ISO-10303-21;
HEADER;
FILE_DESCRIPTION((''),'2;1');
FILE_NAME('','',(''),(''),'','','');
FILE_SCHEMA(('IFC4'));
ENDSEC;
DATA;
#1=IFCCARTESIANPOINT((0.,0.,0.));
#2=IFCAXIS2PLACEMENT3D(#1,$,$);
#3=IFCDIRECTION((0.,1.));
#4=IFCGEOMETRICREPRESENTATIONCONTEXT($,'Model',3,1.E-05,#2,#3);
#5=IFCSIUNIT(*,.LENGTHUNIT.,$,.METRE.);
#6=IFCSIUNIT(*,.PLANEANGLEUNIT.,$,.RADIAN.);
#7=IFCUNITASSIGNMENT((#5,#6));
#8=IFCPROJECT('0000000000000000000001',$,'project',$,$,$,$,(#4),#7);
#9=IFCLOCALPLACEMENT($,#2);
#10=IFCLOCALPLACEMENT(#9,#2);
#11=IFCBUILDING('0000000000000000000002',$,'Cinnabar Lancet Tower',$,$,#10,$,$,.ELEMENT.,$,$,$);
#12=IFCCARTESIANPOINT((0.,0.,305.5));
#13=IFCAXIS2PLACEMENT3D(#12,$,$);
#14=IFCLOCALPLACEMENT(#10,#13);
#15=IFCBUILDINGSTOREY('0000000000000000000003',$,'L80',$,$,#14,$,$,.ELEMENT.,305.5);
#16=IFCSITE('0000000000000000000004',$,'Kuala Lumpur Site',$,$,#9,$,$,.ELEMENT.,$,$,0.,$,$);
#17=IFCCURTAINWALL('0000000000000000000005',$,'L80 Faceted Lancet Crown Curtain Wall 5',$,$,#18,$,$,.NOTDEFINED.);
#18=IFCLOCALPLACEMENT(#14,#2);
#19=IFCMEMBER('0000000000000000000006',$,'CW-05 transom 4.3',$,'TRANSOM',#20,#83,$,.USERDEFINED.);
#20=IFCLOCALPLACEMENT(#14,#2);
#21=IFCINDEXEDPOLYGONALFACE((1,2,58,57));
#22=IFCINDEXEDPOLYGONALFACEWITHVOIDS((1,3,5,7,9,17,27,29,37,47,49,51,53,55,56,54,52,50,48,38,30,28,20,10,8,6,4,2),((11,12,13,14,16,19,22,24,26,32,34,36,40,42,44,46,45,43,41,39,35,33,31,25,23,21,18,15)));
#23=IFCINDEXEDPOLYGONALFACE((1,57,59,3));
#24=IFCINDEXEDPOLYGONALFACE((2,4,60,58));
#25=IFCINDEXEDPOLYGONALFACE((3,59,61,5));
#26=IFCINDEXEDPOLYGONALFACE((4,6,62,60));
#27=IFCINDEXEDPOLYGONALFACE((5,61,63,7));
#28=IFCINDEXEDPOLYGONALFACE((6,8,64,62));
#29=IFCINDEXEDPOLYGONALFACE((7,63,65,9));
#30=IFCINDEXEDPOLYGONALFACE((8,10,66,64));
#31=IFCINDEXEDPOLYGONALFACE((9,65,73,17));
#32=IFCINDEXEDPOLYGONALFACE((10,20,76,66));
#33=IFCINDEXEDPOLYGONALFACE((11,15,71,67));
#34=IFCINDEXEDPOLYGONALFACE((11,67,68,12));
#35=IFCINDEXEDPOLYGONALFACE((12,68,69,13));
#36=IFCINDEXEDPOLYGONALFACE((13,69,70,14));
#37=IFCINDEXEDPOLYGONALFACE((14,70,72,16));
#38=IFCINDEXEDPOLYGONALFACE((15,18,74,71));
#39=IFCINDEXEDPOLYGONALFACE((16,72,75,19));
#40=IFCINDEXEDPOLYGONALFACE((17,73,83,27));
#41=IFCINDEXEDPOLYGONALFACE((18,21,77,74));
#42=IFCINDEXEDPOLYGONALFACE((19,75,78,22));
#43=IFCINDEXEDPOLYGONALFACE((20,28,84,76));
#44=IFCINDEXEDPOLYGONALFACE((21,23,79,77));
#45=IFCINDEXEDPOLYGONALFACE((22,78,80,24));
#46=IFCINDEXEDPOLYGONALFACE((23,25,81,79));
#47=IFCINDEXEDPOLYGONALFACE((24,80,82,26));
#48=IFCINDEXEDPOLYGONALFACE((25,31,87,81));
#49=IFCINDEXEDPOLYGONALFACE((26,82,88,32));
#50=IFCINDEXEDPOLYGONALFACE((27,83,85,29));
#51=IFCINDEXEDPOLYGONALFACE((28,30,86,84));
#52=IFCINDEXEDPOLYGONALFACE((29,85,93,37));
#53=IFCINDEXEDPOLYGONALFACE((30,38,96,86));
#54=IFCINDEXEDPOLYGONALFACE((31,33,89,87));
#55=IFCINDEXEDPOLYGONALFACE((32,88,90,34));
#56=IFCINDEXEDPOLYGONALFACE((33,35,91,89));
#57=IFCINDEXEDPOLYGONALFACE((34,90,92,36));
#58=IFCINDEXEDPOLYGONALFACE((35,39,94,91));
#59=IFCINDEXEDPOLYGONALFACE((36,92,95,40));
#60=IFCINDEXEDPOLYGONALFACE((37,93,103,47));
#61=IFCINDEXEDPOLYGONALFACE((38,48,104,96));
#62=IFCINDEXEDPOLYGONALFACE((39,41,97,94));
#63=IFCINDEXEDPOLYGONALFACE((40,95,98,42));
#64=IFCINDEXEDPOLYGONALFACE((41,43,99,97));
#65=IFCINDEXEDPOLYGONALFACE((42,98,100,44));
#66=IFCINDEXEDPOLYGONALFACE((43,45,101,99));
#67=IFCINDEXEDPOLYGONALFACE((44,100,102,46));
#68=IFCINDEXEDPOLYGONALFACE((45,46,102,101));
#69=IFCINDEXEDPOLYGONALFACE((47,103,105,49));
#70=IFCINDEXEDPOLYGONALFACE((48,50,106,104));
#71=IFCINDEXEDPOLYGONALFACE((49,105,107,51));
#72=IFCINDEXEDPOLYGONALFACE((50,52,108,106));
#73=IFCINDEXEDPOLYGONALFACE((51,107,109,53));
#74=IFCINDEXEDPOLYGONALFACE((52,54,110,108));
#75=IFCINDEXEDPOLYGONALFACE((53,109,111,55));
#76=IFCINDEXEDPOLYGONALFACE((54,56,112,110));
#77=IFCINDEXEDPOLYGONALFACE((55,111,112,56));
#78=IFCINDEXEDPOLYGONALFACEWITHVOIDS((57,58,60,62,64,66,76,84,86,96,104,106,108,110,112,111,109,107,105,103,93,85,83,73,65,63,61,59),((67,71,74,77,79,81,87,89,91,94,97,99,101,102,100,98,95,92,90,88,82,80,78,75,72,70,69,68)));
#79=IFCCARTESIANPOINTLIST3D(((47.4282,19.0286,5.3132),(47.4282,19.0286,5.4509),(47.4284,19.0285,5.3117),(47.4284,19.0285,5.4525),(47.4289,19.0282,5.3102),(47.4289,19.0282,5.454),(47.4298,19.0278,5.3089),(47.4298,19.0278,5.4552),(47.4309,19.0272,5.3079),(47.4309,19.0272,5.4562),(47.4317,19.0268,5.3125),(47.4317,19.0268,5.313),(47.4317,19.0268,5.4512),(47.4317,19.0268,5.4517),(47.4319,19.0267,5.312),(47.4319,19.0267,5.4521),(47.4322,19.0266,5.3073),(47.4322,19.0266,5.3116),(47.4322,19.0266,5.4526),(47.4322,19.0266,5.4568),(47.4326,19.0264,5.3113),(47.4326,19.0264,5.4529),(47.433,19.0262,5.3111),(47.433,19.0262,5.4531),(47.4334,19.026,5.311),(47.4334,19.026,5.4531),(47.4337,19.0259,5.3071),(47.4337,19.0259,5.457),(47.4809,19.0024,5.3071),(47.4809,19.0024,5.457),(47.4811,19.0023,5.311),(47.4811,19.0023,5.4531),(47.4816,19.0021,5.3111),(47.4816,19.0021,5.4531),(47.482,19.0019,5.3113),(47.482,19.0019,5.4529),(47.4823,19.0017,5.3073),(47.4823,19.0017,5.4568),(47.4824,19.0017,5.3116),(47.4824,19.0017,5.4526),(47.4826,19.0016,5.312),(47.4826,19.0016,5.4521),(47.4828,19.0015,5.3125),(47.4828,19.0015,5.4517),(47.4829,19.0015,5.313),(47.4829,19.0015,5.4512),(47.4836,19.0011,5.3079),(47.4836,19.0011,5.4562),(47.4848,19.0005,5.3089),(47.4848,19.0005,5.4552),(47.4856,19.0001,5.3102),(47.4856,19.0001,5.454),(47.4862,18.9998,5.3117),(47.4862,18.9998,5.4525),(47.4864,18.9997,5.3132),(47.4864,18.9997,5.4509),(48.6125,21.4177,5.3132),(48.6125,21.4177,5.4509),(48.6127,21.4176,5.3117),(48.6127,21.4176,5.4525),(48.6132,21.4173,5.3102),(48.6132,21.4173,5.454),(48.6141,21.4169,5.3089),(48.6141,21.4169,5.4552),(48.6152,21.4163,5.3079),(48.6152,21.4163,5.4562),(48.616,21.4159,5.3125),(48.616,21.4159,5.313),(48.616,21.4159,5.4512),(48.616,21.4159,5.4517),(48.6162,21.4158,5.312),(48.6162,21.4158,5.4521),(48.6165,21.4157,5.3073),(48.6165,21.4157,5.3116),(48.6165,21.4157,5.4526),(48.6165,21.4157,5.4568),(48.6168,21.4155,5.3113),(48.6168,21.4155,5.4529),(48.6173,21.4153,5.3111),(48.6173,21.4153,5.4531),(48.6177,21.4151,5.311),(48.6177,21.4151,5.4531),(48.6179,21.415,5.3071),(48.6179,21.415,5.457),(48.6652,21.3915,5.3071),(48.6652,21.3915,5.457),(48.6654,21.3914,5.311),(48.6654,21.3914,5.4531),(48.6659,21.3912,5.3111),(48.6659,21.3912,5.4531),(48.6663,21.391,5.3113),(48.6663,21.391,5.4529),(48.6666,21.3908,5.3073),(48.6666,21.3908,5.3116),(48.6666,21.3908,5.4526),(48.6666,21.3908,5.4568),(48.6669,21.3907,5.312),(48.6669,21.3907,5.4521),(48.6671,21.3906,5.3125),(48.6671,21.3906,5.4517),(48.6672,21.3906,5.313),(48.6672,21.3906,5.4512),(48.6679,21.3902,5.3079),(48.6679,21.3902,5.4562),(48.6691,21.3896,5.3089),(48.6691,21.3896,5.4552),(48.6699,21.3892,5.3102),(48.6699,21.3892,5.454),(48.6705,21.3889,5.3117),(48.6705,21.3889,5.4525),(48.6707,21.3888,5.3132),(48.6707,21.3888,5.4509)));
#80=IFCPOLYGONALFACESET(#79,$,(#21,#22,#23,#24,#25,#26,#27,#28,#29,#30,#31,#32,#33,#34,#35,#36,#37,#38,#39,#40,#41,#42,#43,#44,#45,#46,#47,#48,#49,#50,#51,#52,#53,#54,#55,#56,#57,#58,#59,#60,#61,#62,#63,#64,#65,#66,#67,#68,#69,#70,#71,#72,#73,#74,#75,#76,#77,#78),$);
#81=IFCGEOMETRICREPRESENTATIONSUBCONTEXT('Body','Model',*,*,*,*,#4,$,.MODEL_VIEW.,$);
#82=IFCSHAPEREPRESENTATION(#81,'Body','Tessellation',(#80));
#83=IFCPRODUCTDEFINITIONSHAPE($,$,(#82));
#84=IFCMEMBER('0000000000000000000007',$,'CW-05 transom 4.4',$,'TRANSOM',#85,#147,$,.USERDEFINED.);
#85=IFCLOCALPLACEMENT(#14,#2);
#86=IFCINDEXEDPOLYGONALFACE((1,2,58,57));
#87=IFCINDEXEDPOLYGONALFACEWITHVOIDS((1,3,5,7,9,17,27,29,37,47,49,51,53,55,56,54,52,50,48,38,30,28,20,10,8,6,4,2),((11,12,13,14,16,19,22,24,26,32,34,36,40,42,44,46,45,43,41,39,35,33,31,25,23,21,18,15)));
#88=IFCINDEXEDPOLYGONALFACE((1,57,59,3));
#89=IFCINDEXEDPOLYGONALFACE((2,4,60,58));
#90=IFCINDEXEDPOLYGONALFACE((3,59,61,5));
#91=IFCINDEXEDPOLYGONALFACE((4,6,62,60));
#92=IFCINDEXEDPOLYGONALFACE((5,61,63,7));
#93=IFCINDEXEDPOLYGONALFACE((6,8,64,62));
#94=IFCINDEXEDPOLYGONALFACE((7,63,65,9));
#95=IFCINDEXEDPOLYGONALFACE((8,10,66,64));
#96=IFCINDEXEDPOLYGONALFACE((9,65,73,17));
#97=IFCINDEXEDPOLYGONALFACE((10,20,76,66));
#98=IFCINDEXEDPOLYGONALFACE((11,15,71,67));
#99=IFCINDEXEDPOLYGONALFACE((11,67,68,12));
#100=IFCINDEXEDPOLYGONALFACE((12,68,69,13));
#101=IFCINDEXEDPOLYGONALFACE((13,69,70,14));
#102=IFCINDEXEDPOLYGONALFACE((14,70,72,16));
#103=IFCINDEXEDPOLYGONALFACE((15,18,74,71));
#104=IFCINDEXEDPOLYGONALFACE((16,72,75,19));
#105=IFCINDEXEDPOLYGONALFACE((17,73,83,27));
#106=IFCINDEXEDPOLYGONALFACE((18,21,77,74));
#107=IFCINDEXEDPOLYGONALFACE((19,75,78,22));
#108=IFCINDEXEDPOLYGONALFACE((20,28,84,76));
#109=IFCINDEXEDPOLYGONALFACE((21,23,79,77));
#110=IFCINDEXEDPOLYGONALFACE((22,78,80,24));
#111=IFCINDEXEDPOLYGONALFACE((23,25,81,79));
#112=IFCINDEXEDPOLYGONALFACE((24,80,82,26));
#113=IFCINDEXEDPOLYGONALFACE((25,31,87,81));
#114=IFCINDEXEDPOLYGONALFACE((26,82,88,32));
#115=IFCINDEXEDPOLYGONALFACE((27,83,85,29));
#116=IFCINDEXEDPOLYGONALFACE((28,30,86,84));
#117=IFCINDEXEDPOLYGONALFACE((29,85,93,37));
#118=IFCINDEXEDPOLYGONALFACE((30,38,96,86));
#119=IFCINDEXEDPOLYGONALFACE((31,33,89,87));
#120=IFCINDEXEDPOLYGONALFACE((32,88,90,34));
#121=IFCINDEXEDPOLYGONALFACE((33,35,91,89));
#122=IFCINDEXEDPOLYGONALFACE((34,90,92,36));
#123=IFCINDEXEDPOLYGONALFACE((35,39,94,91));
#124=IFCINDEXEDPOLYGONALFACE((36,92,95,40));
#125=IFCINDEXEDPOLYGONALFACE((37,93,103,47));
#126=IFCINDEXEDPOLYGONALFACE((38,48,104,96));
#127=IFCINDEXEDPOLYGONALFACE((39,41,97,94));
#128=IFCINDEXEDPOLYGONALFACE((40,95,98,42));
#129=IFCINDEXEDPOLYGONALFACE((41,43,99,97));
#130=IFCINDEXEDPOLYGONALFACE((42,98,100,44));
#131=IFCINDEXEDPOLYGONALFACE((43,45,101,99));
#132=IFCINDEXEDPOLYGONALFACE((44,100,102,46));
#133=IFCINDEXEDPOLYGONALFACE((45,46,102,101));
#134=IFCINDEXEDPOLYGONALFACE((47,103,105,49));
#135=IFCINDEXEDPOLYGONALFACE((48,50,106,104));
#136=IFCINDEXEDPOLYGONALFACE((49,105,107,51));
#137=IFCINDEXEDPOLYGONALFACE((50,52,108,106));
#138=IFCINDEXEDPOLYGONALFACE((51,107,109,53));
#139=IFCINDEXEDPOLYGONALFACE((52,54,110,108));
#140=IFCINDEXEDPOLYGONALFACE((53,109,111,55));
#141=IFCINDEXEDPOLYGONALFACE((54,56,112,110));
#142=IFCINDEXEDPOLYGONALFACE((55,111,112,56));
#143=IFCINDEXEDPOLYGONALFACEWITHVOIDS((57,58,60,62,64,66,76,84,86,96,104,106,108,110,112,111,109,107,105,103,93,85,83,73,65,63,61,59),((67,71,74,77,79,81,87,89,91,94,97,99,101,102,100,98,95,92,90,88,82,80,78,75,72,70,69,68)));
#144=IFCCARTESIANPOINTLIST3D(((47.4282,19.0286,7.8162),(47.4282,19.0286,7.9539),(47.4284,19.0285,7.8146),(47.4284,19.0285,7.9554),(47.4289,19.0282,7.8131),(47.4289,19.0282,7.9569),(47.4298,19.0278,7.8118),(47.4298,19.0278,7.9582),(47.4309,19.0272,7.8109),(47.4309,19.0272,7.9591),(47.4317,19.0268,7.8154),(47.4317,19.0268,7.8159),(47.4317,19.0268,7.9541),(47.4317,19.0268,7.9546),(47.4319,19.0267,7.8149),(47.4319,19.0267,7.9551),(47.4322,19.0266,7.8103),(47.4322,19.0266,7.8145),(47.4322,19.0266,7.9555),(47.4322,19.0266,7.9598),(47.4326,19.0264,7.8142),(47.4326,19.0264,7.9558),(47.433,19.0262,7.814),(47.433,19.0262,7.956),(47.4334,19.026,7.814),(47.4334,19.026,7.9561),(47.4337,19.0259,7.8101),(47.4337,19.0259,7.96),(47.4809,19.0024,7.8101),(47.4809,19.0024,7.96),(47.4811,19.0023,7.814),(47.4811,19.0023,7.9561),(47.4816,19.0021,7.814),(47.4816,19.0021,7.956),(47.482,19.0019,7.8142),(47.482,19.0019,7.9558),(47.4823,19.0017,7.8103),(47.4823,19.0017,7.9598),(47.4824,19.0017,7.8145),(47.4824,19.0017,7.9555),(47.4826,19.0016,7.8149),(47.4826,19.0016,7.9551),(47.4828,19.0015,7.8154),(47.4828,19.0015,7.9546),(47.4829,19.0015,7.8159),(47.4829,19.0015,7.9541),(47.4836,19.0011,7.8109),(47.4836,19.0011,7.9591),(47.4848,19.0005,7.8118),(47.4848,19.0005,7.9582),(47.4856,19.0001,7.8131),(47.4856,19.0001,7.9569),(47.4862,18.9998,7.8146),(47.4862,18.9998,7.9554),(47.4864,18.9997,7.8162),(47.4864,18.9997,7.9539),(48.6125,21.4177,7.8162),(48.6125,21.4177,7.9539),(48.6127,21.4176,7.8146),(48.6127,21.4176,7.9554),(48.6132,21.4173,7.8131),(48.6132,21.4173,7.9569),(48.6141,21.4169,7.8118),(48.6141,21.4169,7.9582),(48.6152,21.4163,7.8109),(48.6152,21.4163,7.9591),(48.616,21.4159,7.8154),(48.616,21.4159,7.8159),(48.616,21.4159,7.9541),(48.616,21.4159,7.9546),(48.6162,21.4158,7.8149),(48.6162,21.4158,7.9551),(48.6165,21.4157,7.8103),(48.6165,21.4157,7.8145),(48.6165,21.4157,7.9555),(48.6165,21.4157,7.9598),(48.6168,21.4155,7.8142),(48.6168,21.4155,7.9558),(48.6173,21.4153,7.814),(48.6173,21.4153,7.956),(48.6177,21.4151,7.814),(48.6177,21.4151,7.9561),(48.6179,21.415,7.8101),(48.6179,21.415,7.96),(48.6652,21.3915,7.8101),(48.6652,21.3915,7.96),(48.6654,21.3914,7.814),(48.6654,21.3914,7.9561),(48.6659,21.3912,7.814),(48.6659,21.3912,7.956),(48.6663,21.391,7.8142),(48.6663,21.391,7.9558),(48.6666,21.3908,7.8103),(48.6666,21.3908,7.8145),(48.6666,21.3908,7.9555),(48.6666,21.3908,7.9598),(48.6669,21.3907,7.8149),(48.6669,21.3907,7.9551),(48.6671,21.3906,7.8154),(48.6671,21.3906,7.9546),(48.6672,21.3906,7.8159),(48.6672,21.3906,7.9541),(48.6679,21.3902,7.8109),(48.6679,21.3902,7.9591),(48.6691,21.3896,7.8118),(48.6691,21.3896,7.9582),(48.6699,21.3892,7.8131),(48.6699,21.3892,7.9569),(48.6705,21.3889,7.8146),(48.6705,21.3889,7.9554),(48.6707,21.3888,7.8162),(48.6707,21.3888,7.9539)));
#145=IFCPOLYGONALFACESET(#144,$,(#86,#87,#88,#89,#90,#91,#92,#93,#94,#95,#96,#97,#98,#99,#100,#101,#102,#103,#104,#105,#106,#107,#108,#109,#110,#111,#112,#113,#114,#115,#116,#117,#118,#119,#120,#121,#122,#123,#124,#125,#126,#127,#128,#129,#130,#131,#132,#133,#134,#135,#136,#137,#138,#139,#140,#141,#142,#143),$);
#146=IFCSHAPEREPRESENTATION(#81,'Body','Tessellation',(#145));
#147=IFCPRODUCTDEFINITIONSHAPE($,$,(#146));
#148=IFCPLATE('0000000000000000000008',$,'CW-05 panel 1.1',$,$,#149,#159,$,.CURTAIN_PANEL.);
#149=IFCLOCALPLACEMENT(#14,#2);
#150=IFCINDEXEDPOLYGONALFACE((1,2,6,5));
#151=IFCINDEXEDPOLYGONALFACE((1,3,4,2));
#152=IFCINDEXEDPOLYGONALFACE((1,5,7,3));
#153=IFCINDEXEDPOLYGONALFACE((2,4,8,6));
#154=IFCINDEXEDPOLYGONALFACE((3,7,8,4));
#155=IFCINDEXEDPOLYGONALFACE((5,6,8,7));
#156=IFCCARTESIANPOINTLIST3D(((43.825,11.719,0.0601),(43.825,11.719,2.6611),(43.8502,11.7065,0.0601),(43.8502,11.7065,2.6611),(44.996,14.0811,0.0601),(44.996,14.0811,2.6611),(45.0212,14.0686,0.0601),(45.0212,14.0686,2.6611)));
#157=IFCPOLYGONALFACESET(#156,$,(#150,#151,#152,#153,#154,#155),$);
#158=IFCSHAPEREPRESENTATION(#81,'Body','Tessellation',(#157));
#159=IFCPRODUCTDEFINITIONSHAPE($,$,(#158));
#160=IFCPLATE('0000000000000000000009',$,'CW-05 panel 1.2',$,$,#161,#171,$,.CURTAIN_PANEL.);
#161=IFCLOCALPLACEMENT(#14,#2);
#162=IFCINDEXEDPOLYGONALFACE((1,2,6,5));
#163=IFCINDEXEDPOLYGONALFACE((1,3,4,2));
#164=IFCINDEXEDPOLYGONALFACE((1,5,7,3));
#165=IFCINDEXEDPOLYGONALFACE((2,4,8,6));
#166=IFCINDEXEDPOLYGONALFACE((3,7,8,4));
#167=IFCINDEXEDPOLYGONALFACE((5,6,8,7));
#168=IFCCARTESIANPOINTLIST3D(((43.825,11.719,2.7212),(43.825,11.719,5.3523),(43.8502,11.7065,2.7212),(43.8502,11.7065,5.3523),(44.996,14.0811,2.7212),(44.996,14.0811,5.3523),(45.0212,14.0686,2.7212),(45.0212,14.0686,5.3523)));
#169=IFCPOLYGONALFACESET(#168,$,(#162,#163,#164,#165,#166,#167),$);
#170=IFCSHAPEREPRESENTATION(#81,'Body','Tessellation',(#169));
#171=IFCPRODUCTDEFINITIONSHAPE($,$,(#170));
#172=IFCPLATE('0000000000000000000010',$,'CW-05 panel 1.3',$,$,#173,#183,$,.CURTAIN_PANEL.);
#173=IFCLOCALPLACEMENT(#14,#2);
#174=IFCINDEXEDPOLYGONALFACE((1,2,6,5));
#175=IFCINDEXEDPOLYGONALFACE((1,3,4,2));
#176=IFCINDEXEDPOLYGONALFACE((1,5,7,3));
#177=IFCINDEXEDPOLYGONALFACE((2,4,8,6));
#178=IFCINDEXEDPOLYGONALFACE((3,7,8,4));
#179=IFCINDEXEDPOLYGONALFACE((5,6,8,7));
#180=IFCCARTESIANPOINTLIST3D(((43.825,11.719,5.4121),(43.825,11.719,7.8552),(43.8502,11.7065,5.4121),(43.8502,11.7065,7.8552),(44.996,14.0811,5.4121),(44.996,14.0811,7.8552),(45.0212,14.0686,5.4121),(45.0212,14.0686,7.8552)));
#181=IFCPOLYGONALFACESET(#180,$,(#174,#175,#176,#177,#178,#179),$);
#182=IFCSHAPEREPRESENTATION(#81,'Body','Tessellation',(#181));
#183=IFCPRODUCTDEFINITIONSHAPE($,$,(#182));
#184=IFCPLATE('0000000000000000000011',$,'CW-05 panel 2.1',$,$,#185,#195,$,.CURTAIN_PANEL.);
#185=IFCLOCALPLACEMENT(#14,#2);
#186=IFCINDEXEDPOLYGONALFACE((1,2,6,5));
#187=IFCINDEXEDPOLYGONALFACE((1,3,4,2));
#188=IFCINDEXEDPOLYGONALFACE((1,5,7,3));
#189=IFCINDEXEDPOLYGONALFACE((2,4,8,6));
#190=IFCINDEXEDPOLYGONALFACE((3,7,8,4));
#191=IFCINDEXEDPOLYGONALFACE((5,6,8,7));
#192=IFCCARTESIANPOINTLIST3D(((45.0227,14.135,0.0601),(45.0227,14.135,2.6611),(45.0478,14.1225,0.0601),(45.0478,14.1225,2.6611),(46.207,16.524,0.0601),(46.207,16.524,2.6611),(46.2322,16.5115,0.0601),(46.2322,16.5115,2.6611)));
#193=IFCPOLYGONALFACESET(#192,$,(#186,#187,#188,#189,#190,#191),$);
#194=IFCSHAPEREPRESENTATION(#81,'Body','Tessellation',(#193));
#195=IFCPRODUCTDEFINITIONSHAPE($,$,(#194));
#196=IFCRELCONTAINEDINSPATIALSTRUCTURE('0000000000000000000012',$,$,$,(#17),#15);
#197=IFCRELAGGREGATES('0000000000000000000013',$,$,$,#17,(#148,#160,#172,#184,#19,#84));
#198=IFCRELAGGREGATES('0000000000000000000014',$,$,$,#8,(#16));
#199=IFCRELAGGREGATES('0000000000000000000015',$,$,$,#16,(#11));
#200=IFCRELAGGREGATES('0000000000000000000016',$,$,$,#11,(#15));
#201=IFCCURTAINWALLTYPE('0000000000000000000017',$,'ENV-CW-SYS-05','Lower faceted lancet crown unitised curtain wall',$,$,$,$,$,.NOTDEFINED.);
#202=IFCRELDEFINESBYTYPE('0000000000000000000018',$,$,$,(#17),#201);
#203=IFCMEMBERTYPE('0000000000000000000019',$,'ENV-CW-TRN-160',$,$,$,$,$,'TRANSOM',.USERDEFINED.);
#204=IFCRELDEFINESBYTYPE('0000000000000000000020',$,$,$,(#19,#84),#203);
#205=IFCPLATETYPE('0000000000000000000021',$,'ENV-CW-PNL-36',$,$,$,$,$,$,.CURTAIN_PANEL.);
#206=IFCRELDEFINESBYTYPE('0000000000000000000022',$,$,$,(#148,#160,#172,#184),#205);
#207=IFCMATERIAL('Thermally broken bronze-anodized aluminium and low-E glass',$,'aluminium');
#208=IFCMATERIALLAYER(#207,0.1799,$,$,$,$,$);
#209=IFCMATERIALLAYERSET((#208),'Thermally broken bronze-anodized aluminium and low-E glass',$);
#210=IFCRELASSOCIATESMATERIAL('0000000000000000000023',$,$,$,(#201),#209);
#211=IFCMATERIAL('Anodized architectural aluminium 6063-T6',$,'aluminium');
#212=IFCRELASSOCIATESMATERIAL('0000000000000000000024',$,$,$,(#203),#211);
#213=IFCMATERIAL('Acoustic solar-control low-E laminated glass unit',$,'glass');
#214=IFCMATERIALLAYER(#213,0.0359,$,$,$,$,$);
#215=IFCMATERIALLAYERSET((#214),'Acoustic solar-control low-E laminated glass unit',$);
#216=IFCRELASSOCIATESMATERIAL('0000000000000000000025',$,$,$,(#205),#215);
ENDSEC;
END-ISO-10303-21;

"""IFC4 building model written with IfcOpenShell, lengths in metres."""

from ifc_helpers import new_model, si_unit, direction, frame, origin, origin_2d, place, context, subcontext, project, spatial, rectangle, hollow_rectangle, extrude, material, layer, layer_set, material_profile, profile_set, type_object, element, aggregate, save


model = new_model("IFC4")

# Units and contexts
model_context = context("Model", 3, precision=1e-05, world=origin(), true_north=direction((0.0, 1.0)))
body_context = subcontext(model_context, "Body", "Model", "MODEL_VIEW")
ifc_project = project(units=[si_unit("LENGTHUNIT", "METRE"), si_unit("PLANEANGLEUNIT", "RADIAN")], contexts=[model_context])

# Site, building, storey
site_placement = place(None, origin())
site = spatial("IfcSite", under=ifc_project, at=site_placement, Name="Kuala Lumpur Site", CompositionType="ELEMENT", RefElevation=0.0)
building_placement = place(site_placement, origin())
building = spatial("IfcBuilding", under=site, at=building_placement, Name="Cinnabar Lancet Tower", CompositionType="ELEMENT")
storey_placement = place(building_placement, frame((0.0, 0.0, 305.5)))
storey = spatial("IfcBuildingStorey", under=building, at=storey_placement, Name="L80", CompositionType="ELEMENT", Elevation=305.5)

# Curtain wall, members, plates
ifc_material_1 = material(Name="Thermally broken bronze-anodized aluminium and low-E glass", Category="aluminium")
ifc_layer_1 = layer(ifc_material_1, 0.1799)
ifc_layer_set_1 = layer_set([ifc_layer_1], Name="Thermally broken bronze-anodized aluminium and low-E glass")
curtain_wall_type = type_object("IfcCurtainWallType", Name="ENV-CW-SYS-05", Description="Lower faceted lancet crown unitised curtain wall", PredefinedType="NOTDEFINED", material=ifc_layer_set_1)
curtain_wall_placement = place(storey_placement, origin())
curtain_wall = element("IfcCurtainWall", 1, at=curtain_wall_placement, inside=storey, type_object=curtain_wall_type, Name="L80 Faceted Lancet Crown Curtain Wall 5", PredefinedType="NOTDEFINED")
ifc_material_2 = material(Name="Anodized architectural aluminium 6063-T6", Category="aluminium")
ifc_material_profile_1 = material_profile(ifc_material_2, hollow_rectangle(XDim=0.0649, YDim=0.1499, WallThickness=0.0039, InnerFilletRadius=0.002, OuterFilletRadius=0.0061, at=origin_2d()), Name="CW-TRN 150x65x4")
ifc_profile_set_1 = profile_set([ifc_material_profile_1], Name="Anodized architectural aluminium 6063-T6")
member_type_1 = type_object("IfcMemberType", Name="ENV-CW-TRN-160", ElementType="TRANSOM", PredefinedType="USERDEFINED", material=ifc_profile_set_1)
member_1_placement = place(storey_placement, frame((47.4573, 19.0142, 5.3821), z_axis=(0.444135, 0.89596, 0.0), x_axis=(-0.89596, 0.444135, 0.0)))
member_1 = element("IfcMember", 2, at=member_1_placement, type_object=member_type_1, Name="CW-05 transom 4.3", ObjectType="TRANSOM", PredefinedType="USERDEFINED", context=body_context, shape_type="SweptSolid", body=[
    extrude(hollow_rectangle(XDim=0.0649, YDim=0.1499, WallThickness=0.0039, InnerFilletRadius=0.002, OuterFilletRadius=0.0061, at=origin_2d()), origin(), (0.0, 0.0, 1.0), 2.6665),
])
member_2_placement = place(storey_placement, frame((47.4573, 19.0142, 7.885), z_axis=(0.444135, 0.89596, 0.0), x_axis=(-0.89596, 0.444135, 0.0)))
member_2 = element("IfcMember", 3, at=member_2_placement, type_object=member_type_1, Name="CW-05 transom 4.4", ObjectType="TRANSOM", PredefinedType="USERDEFINED", context=body_context, shape_type="SweptSolid", body=[
    extrude(hollow_rectangle(XDim=0.0649, YDim=0.1499, WallThickness=0.0039, InnerFilletRadius=0.002, OuterFilletRadius=0.0061, at=origin_2d()), origin(), (0.0, 0.0, 1.0), 2.6665),
])
ifc_material_3 = material(Name="Acoustic solar-control low-E laminated glass unit", Category="glass")
ifc_layer_2 = layer(ifc_material_3, 0.0359)
ifc_layer_set_2 = layer_set([ifc_layer_2], Name="Acoustic solar-control low-E laminated glass unit")
plate_type = type_object("IfcPlateType", Name="ENV-CW-PNL-36", PredefinedType="CURTAIN_PANEL", material=ifc_layer_set_2)
plate_1_placement = place(storey_placement, frame((44.4231, 12.8938, 0.0601), z_axis=(0.0, 0.0, 1.0), x_axis=(0.444159, 0.895948, 0.0)))
plate_1 = element("IfcPlate", 4, at=plate_1_placement, type_object=plate_type, Name="CW-05 panel 1.1", PredefinedType="CURTAIN_PANEL", context=body_context, shape_type="SweptSolid", body=[
    extrude(rectangle(XDim=2.6365, YDim=0.0281, at=origin_2d()), origin(), (0.0, 0.0, 1.0), 2.6011),
])
plate_2_placement = place(storey_placement, frame((44.4231, 12.8938, 2.7212), z_axis=(0.0, 0.0, 1.0), x_axis=(0.444159, 0.895948, 0.0)))
plate_2 = element("IfcPlate", 5, at=plate_2_placement, type_object=plate_type, Name="CW-05 panel 1.2", PredefinedType="CURTAIN_PANEL", context=body_context, shape_type="SweptSolid", body=[
    extrude(rectangle(XDim=2.6365, YDim=0.0281, at=origin_2d()), origin(), (0.0, 0.0, 1.0), 2.6311),
])
plate_3_placement = place(storey_placement, frame((44.4231, 12.8938, 5.4121), z_axis=(0.0, 0.0, 1.0), x_axis=(0.444159, 0.895948, 0.0)))
plate_3 = element("IfcPlate", 6, at=plate_3_placement, type_object=plate_type, Name="CW-05 panel 1.3", PredefinedType="CURTAIN_PANEL", context=body_context, shape_type="SweptSolid", body=[
    extrude(rectangle(XDim=2.6365, YDim=0.0281, at=origin_2d()), origin(), (0.0, 0.0, 1.0), 2.4431),
])
plate_4_placement = place(storey_placement, frame((45.6274, 15.3232, 0.0601), z_axis=(0.0, 0.0, 1.0), x_axis=(0.444159, 0.895948, 0.0)))
plate_4 = element("IfcPlate", 7, at=plate_4_placement, type_object=plate_type, Name="CW-05 panel 2.1", PredefinedType="CURTAIN_PANEL", context=body_context, shape_type="SweptSolid", body=[
    extrude(rectangle(XDim=2.6665, YDim=0.0281, at=origin_2d()), origin(), (0.0, 0.0, 1.0), 2.6011),
])
aggregate(curtain_wall, [plate_1, plate_2, plate_3, plate_4, member_1, member_2])

save(model, "model.ifc")
